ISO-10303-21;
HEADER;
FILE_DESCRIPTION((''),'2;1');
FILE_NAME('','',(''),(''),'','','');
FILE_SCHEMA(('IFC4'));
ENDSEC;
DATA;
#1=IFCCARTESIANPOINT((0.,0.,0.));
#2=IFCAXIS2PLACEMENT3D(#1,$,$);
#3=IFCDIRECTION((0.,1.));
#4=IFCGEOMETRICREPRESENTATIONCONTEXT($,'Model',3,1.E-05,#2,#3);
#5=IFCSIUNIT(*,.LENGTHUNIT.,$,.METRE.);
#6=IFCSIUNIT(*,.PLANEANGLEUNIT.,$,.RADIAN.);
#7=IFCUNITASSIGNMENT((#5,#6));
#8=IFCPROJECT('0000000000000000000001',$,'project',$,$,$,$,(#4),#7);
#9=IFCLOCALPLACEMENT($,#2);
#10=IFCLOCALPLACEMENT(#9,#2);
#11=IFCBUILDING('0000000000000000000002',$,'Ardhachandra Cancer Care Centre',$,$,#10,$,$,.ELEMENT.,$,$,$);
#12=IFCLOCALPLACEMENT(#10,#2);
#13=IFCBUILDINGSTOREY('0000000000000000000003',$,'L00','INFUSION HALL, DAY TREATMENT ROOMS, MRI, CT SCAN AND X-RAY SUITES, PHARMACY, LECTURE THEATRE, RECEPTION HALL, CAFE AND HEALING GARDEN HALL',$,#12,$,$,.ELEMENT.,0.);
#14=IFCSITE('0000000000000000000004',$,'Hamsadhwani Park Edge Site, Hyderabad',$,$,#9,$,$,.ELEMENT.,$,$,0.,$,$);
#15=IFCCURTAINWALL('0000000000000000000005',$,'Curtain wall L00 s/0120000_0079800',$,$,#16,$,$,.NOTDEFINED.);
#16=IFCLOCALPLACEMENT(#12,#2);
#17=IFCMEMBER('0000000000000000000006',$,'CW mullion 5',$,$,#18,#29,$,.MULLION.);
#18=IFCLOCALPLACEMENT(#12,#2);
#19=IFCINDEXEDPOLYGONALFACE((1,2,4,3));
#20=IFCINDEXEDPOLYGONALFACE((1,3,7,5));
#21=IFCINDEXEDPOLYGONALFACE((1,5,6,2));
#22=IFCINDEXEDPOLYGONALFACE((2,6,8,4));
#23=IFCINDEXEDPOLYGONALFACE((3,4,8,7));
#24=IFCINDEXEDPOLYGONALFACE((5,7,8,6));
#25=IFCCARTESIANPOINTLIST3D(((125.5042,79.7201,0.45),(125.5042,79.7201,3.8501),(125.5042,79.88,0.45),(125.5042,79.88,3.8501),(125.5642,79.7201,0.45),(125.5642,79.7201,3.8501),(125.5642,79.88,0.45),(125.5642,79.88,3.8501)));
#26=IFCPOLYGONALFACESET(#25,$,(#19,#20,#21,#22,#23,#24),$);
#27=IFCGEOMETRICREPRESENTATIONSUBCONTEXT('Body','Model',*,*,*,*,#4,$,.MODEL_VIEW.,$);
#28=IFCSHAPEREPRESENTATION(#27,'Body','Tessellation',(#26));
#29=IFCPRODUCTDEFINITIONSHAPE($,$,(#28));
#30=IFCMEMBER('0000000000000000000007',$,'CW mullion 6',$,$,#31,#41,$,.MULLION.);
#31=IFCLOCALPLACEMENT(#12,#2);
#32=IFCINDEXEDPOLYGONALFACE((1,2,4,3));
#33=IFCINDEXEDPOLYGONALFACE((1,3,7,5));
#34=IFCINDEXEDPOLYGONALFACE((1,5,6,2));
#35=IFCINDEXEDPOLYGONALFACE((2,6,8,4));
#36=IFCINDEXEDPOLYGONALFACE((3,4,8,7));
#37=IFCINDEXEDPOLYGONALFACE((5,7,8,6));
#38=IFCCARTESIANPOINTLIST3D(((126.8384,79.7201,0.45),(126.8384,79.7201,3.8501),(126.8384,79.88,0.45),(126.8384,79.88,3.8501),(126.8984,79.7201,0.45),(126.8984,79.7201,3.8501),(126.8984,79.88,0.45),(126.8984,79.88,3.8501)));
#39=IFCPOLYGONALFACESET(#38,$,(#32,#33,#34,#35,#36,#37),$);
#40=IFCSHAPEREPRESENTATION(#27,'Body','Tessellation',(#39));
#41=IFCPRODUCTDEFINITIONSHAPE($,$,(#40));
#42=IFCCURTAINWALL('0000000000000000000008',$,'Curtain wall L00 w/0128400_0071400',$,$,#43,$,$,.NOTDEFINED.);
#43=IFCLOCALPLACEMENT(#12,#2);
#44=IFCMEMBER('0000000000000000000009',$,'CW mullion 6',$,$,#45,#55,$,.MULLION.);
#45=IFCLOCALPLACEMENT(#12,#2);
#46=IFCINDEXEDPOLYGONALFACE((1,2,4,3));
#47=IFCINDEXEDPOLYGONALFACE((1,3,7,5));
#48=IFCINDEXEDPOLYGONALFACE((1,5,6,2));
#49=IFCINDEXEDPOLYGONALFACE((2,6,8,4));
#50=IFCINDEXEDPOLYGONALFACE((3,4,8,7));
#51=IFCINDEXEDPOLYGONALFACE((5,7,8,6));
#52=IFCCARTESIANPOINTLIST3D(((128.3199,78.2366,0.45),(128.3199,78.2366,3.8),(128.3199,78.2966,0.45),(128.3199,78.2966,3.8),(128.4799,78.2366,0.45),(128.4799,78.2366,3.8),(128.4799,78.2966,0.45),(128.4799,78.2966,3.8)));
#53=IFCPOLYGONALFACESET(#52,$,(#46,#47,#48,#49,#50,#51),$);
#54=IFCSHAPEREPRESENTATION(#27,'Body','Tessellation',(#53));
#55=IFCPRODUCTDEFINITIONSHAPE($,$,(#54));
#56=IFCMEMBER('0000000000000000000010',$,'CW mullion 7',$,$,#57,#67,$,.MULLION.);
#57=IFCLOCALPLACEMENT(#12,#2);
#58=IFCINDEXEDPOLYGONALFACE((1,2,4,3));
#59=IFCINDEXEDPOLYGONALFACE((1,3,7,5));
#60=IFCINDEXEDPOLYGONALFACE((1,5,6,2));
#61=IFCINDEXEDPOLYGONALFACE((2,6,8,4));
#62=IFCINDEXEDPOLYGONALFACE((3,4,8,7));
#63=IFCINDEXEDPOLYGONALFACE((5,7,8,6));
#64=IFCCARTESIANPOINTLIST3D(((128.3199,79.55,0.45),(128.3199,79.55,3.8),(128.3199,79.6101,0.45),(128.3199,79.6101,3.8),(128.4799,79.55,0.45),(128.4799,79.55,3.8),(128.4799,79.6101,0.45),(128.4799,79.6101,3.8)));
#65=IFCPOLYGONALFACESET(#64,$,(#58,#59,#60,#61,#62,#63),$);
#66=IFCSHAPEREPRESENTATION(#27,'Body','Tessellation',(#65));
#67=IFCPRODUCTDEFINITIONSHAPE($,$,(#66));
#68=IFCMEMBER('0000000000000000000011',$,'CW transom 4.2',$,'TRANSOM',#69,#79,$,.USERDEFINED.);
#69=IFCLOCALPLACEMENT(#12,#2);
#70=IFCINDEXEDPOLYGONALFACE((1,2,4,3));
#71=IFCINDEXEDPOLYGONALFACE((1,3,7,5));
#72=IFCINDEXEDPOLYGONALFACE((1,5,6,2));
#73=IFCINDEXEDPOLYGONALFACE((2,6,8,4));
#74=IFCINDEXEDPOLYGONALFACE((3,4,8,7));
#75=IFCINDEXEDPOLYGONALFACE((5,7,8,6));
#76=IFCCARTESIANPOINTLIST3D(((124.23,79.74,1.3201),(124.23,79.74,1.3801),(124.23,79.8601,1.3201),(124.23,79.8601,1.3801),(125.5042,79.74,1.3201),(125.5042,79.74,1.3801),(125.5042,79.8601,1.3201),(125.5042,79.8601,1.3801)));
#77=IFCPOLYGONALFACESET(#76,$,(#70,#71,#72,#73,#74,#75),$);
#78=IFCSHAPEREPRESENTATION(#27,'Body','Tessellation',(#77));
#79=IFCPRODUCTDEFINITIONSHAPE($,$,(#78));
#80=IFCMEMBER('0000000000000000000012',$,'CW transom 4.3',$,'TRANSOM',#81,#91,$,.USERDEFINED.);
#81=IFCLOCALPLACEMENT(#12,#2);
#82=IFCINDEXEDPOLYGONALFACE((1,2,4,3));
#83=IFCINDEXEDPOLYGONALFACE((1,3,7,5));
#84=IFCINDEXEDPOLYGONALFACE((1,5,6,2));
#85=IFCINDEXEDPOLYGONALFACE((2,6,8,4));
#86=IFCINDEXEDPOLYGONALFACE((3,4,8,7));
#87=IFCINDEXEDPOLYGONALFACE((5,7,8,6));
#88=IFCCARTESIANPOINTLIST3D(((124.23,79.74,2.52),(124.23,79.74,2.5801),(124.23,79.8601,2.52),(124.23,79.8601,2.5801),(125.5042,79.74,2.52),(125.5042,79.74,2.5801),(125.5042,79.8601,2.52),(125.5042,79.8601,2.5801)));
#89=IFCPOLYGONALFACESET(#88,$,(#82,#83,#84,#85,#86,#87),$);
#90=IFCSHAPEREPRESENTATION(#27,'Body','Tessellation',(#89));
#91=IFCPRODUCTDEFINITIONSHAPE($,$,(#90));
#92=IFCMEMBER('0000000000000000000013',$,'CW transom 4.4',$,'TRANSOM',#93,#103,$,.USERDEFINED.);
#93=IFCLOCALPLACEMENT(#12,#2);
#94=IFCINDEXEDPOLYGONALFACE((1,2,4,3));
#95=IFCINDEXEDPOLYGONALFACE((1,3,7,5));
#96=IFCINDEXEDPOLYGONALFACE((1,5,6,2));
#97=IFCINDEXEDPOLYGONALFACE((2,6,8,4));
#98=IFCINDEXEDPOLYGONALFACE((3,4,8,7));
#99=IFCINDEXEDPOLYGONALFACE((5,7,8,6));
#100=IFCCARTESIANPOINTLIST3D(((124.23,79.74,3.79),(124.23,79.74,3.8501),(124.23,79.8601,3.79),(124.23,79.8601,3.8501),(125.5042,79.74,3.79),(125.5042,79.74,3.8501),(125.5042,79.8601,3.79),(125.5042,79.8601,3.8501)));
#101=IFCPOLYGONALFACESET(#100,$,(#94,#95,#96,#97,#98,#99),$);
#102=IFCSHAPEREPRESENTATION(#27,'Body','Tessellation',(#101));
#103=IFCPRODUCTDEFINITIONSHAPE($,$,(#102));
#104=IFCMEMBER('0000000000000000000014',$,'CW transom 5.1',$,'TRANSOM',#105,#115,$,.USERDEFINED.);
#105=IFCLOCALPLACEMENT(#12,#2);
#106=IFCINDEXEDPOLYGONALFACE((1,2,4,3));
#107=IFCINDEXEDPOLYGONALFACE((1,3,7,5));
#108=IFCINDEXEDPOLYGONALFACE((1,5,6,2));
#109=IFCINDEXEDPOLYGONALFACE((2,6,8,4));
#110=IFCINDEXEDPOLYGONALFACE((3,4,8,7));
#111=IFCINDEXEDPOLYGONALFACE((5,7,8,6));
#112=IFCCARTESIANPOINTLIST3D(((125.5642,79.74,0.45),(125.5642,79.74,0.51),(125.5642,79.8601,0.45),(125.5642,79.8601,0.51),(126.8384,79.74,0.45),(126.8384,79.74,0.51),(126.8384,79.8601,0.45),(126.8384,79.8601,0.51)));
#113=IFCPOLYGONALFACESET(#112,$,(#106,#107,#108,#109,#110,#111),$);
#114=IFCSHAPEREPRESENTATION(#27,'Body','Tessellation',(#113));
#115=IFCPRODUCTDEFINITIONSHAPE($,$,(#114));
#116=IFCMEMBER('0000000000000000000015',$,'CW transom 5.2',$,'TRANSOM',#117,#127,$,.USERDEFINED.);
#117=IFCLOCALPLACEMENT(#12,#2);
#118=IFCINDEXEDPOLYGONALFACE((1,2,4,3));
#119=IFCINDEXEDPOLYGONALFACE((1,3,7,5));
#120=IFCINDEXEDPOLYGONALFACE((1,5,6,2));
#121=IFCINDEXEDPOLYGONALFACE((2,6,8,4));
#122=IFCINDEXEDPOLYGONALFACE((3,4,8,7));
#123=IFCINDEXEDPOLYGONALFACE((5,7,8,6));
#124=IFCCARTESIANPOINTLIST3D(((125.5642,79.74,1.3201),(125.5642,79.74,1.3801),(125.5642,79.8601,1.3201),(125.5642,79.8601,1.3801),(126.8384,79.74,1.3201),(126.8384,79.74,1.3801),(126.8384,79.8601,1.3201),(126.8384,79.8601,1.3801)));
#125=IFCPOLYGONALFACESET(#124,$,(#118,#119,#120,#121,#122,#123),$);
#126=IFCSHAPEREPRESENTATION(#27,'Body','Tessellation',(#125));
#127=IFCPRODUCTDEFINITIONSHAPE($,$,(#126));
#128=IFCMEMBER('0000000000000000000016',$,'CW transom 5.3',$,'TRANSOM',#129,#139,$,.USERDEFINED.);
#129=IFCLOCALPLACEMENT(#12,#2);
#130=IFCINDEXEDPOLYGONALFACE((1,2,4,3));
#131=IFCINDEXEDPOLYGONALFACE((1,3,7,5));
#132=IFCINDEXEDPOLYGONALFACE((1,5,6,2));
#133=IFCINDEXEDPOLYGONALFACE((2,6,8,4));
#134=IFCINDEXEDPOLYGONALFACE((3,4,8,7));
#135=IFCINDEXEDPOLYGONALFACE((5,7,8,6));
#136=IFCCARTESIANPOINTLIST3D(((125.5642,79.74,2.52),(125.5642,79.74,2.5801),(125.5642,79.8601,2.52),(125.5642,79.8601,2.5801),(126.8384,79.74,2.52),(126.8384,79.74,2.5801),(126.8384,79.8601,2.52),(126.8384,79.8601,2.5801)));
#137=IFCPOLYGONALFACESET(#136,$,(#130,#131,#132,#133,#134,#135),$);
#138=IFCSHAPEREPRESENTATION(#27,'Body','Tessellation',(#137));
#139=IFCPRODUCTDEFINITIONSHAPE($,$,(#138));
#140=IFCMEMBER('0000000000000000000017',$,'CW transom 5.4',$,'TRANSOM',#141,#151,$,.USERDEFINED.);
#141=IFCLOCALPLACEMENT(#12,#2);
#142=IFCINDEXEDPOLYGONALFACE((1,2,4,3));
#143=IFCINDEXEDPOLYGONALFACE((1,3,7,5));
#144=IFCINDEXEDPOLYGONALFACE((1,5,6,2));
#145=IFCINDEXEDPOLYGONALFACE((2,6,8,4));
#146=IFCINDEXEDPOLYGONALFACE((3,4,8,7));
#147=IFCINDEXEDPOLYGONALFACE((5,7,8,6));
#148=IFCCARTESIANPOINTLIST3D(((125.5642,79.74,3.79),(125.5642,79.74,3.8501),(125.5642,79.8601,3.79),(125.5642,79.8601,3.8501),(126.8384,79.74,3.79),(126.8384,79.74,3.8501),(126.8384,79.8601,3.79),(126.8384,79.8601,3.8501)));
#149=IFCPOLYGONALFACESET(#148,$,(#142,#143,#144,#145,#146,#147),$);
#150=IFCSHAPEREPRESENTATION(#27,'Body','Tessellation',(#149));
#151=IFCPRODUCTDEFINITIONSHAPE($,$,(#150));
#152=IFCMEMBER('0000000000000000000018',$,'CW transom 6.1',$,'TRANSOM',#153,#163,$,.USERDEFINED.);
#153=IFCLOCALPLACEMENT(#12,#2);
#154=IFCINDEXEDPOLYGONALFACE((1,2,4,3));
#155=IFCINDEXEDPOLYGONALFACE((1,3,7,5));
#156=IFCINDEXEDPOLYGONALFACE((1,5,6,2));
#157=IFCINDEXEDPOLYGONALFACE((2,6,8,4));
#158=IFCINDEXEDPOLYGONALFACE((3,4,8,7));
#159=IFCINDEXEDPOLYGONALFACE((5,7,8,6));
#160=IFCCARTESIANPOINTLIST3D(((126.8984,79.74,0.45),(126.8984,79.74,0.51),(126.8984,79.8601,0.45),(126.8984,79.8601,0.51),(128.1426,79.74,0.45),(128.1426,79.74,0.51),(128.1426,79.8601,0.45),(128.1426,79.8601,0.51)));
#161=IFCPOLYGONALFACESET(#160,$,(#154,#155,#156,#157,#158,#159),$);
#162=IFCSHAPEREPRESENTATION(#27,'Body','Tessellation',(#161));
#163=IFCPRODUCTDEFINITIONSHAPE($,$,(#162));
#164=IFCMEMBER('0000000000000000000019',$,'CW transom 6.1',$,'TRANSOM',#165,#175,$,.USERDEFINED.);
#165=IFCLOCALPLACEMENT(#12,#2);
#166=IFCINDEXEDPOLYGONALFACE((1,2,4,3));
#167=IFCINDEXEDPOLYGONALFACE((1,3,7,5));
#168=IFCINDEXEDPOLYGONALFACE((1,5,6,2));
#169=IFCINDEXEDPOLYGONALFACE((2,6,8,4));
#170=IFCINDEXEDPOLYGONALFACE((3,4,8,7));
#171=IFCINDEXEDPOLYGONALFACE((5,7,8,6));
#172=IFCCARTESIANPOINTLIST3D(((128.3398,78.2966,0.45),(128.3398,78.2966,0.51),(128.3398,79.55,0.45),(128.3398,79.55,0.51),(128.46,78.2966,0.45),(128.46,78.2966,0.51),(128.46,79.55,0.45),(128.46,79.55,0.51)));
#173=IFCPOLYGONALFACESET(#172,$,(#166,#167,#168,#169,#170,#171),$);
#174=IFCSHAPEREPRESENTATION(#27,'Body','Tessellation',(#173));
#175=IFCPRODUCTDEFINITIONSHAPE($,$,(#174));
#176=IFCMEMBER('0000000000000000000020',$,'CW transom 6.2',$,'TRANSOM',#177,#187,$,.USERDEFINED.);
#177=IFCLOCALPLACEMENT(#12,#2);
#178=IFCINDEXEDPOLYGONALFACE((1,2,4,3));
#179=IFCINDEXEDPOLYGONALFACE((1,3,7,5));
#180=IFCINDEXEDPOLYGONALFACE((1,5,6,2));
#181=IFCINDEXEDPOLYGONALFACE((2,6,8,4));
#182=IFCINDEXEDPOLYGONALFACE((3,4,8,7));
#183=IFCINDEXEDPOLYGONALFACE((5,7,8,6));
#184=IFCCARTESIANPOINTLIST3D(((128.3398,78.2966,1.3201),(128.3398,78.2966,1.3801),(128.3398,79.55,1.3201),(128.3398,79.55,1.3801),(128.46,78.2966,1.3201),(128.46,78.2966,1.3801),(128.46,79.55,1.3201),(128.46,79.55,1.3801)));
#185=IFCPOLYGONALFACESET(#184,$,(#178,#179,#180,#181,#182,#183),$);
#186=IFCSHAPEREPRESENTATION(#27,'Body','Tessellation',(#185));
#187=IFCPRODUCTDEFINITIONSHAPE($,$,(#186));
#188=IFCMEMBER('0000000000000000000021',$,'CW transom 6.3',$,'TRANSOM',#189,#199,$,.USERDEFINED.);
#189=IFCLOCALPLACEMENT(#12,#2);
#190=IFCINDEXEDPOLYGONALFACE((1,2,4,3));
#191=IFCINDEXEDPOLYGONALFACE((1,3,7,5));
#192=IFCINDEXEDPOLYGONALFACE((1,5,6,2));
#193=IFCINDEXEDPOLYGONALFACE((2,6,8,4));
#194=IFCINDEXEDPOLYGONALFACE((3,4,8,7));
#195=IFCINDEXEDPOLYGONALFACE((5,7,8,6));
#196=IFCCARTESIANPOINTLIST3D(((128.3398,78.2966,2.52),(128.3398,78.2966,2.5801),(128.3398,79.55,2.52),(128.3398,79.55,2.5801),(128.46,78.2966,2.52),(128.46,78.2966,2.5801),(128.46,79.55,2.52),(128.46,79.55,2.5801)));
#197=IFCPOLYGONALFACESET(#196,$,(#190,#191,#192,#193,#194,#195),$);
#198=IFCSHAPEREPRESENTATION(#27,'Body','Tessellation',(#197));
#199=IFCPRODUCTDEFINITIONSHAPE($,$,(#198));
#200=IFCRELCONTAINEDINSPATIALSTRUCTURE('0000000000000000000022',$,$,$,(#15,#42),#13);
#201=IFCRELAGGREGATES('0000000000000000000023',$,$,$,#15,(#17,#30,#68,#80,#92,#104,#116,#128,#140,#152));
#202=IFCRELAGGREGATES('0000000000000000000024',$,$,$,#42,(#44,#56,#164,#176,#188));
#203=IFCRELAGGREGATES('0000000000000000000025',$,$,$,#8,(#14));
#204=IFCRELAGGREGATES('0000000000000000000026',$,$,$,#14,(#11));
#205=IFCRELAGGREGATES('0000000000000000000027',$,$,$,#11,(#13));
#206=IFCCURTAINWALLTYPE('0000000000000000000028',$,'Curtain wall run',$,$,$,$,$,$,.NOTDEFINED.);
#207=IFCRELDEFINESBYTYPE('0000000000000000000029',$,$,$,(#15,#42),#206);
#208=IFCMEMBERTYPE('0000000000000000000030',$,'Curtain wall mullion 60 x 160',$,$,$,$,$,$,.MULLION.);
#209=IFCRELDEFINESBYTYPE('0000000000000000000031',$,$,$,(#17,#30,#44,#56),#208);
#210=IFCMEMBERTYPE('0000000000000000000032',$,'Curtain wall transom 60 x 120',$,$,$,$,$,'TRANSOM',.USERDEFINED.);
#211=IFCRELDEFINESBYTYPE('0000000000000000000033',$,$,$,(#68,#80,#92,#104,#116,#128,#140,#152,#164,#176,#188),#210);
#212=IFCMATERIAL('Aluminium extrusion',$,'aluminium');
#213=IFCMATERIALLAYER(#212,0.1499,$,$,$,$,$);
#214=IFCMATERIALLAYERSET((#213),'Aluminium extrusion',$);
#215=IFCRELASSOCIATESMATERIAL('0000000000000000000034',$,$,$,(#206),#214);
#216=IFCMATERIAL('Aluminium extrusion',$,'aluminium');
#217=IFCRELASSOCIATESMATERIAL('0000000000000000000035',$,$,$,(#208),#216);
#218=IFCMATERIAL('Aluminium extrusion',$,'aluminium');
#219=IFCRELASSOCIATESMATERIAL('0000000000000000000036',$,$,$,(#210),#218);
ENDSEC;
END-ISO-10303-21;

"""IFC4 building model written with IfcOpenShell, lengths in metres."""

from ifc_helpers import new_model, si_unit, direction, frame, origin, origin_2d, place, context, subcontext, project, spatial, rectangle, extrude, material, layer, layer_set, material_profile, profile_set, type_object, element, aggregate, save


model = new_model("IFC4")

# Units and contexts
model_context = context("Model", 3, precision=1e-05, world=origin(), true_north=direction((0.0, 1.0)))
body_context = subcontext(model_context, "Body", "Model", "MODEL_VIEW")
ifc_project = project(units=[si_unit("LENGTHUNIT", "METRE"), si_unit("PLANEANGLEUNIT", "RADIAN")], contexts=[model_context])

# Site, building, storey
site_placement = place(None, origin())
site = spatial("IfcSite", under=ifc_project, at=site_placement, Name="Hamsadhwani Park Edge Site, Hyderabad", CompositionType="ELEMENT", RefElevation=0.0)
building_placement = place(site_placement, origin())
building = spatial("IfcBuilding", under=site, at=building_placement, Name="Ardhachandra Cancer Care Centre", CompositionType="ELEMENT")
storey_placement = place(building_placement, origin())
storey = spatial("IfcBuildingStorey", under=building, at=storey_placement, Name="L00", Description="INFUSION HALL, DAY TREATMENT ROOMS, MRI, CT SCAN AND X-RAY SUITES, PHARMACY, LECTURE THEATRE, RECEPTION HALL, CAFE AND HEALING GARDEN HALL", CompositionType="ELEMENT", Elevation=0.0)

# Curtain walls, members
ifc_material_1 = material(Name="Aluminium extrusion", Category="aluminium")
ifc_layer_1 = layer(ifc_material_1, 0.1499)
ifc_layer_set_1 = layer_set([ifc_layer_1], Name="Aluminium extrusion")
curtain_wall_type = type_object("IfcCurtainWallType", Name="Curtain wall run", PredefinedType="NOTDEFINED", material=ifc_layer_set_1)
curtain_wall_1_placement = place(storey_placement, origin())
curtain_wall_1 = element("IfcCurtainWall", 1, at=curtain_wall_1_placement, inside=storey, type_object=curtain_wall_type, Name="Curtain wall L00 s/0120000_0079800", PredefinedType="NOTDEFINED")
ifc_material_2 = material(Name="Aluminium extrusion", Category="aluminium")
ifc_material_profile_1 = material_profile(ifc_material_2, rectangle(XDim=0.1599, YDim=0.0601, at=origin_2d()), Name="Curtain wall mullion 60 x 160")
ifc_profile_set_1 = profile_set([ifc_material_profile_1], Name="Aluminium extrusion")
member_type_1 = type_object("IfcMemberType", Name="Curtain wall mullion 60 x 160", PredefinedType="MULLION", material=ifc_profile_set_1)
member_1_placement = place(storey_placement, frame((125.5342, 79.8, 0.45), z_axis=(0.0, 0.0, 1.0), x_axis=(0.0, 1.0, 0.0)))
member_1 = element("IfcMember", 2, at=member_1_placement, type_object=member_type_1, Name="CW mullion 5", PredefinedType="MULLION", context=body_context, shape_type="SweptSolid", body=[
    extrude(rectangle(XDim=0.1599, YDim=0.0601, at=origin_2d()), origin(), (0.0, 0.0, 1.0), 3.4001),
])
member_2_placement = place(storey_placement, frame((126.8684, 79.8, 0.45), z_axis=(0.0, 0.0, 1.0), x_axis=(0.0, 1.0, 0.0)))
member_2 = element("IfcMember", 3, at=member_2_placement, type_object=member_type_1, Name="CW mullion 6", PredefinedType="MULLION", context=body_context, shape_type="SweptSolid", body=[
    extrude(rectangle(XDim=0.1599, YDim=0.0601, at=origin_2d()), origin(), (0.0, 0.0, 1.0), 3.4001),
])
curtain_wall_2_placement = place(storey_placement, origin())
curtain_wall_2 = element("IfcCurtainWall", 4, at=curtain_wall_2_placement, inside=storey, type_object=curtain_wall_type, Name="Curtain wall L00 w/0128400_0071400", PredefinedType="NOTDEFINED")
member_3_placement = place(storey_placement, frame((128.3999, 78.2666, 0.45), z_axis=(0.0, 0.0, 1.0), x_axis=(-1.0, 0.0, 0.0)))
member_3 = element("IfcMember", 5, at=member_3_placement, type_object=member_type_1, Name="CW mullion 6", PredefinedType="MULLION", context=body_context, shape_type="SweptSolid", body=[
    extrude(rectangle(XDim=0.1599, YDim=0.0601, at=origin_2d()), origin(), (0.0, 0.0, 1.0), 3.3501),
])
member_4_placement = place(storey_placement, frame((128.3999, 79.5801, 0.45), z_axis=(0.0, 0.0, 1.0), x_axis=(-1.0, 0.0, 0.0)))
member_4 = element("IfcMember", 6, at=member_4_placement, type_object=member_type_1, Name="CW mullion 7", PredefinedType="MULLION", context=body_context, shape_type="SweptSolid", body=[
    extrude(rectangle(XDim=0.1599, YDim=0.0601, at=origin_2d()), origin(), (0.0, 0.0, 1.0), 3.3501),
])

# Members
ifc_material_3 = material(Name="Aluminium extrusion", Category="aluminium")
ifc_material_profile_2 = material_profile(ifc_material_3, rectangle(XDim=0.1201, YDim=0.0601, at=origin_2d()), Name="Curtain wall transom 60 x 120")
ifc_profile_set_2 = profile_set([ifc_material_profile_2], Name="Aluminium extrusion")
member_type_2 = type_object("IfcMemberType", Name="Curtain wall transom 60 x 120", ElementType="TRANSOM", PredefinedType="USERDEFINED", material=ifc_profile_set_2)
member_5_placement = place(storey_placement, frame((124.23, 79.8, 1.3501), z_axis=(1.0, 0.0, 0.0), x_axis=(0.0, 1.0, 0.0)))
member_5 = element("IfcMember", 7, at=member_5_placement, type_object=member_type_2, Name="CW transom 4.2", ObjectType="TRANSOM", PredefinedType="USERDEFINED", context=body_context, shape_type="SweptSolid", body=[
    extrude(rectangle(XDim=0.1201, YDim=0.0601, at=origin_2d()), origin(), (0.0, 0.0, 1.0), 1.2742),
])
member_6_placement = place(storey_placement, frame((124.23, 79.8, 2.55), z_axis=(1.0, 0.0, 0.0), x_axis=(0.0, 1.0, 0.0)))
member_6 = element("IfcMember", 8, at=member_6_placement, type_object=member_type_2, Name="CW transom 4.3", ObjectType="TRANSOM", PredefinedType="USERDEFINED", context=body_context, shape_type="SweptSolid", body=[
    extrude(rectangle(XDim=0.1201, YDim=0.0601, at=origin_2d()), origin(), (0.0, 0.0, 1.0), 1.2742),
])
member_7_placement = place(storey_placement, frame((124.23, 79.8, 3.8201), z_axis=(1.0, 0.0, 0.0), x_axis=(0.0, 1.0, 0.0)))
member_7 = element("IfcMember", 9, at=member_7_placement, type_object=member_type_2, Name="CW transom 4.4", ObjectType="TRANSOM", PredefinedType="USERDEFINED", context=body_context, shape_type="SweptSolid", body=[
    extrude(rectangle(XDim=0.1201, YDim=0.0601, at=origin_2d()), origin(), (0.0, 0.0, 1.0), 1.2742),
])
member_8_placement = place(storey_placement, frame((125.5642, 79.8, 0.48), z_axis=(1.0, 0.0, 0.0), x_axis=(0.0, 1.0, 0.0)))
member_8 = element("IfcMember", 10, at=member_8_placement, type_object=member_type_2, Name="CW transom 5.1", ObjectType="TRANSOM", PredefinedType="USERDEFINED", context=body_context, shape_type="SweptSolid", body=[
    extrude(rectangle(XDim=0.1201, YDim=0.0601, at=origin_2d()), origin(), (0.0, 0.0, 1.0), 1.2742),
])
member_9_placement = place(storey_placement, frame((125.5642, 79.8, 1.3501), z_axis=(1.0, 0.0, 0.0), x_axis=(0.0, 1.0, 0.0)))
member_9 = element("IfcMember", 11, at=member_9_placement, type_object=member_type_2, Name="CW transom 5.2", ObjectType="TRANSOM", PredefinedType="USERDEFINED", context=body_context, shape_type="SweptSolid", body=[
    extrude(rectangle(XDim=0.1201, YDim=0.0601, at=origin_2d()), origin(), (0.0, 0.0, 1.0), 1.2742),
])
member_10_placement = place(storey_placement, frame((125.5642, 79.8, 2.55), z_axis=(1.0, 0.0, 0.0), x_axis=(0.0, 1.0, 0.0)))
member_10 = element("IfcMember", 12, at=member_10_placement, type_object=member_type_2, Name="CW transom 5.3", ObjectType="TRANSOM", PredefinedType="USERDEFINED", context=body_context, shape_type="SweptSolid", body=[
    extrude(rectangle(XDim=0.1201, YDim=0.0601, at=origin_2d()), origin(), (0.0, 0.0, 1.0), 1.2742),
])
member_11_placement = place(storey_placement, frame((125.5642, 79.8, 3.8201), z_axis=(1.0, 0.0, 0.0), x_axis=(0.0, 1.0, 0.0)))
member_11 = element("IfcMember", 13, at=member_11_placement, type_object=member_type_2, Name="CW transom 5.4", ObjectType="TRANSOM", PredefinedType="USERDEFINED", context=body_context, shape_type="SweptSolid", body=[
    extrude(rectangle(XDim=0.1201, YDim=0.0601, at=origin_2d()), origin(), (0.0, 0.0, 1.0), 1.2742),
])
member_12_placement = place(storey_placement, frame((126.8984, 79.8, 0.48), z_axis=(1.0, 0.0, 0.0), x_axis=(0.0, 1.0, 0.0)))
member_12 = element("IfcMember", 14, at=member_12_placement, type_object=member_type_2, Name="CW transom 6.1", ObjectType="TRANSOM", PredefinedType="USERDEFINED", context=body_context, shape_type="SweptSolid", body=[
    extrude(rectangle(XDim=0.1201, YDim=0.0601, at=origin_2d()), origin(), (0.0, 0.0, 1.0), 1.2441),
])
member_13_placement = place(storey_placement, frame((128.3999, 78.2966, 0.48), z_axis=(0.0, 1.0, 0.0), x_axis=(-1.0, 0.0, 0.0)))
member_13 = element("IfcMember", 15, at=member_13_placement, type_object=member_type_2, Name="CW transom 6.1", ObjectType="TRANSOM", PredefinedType="USERDEFINED", context=body_context, shape_type="SweptSolid", body=[
    extrude(rectangle(XDim=0.1201, YDim=0.0601, at=origin_2d()), origin(), (0.0, 0.0, 1.0), 1.2534),
])
member_14_placement = place(storey_placement, frame((128.3999, 78.2966, 1.3501), z_axis=(0.0, 1.0, 0.0), x_axis=(-1.0, 0.0, 0.0)))
member_14 = element("IfcMember", 16, at=member_14_placement, type_object=member_type_2, Name="CW transom 6.2", ObjectType="TRANSOM", PredefinedType="USERDEFINED", context=body_context, shape_type="SweptSolid", body=[
    extrude(rectangle(XDim=0.1201, YDim=0.0601, at=origin_2d()), origin(), (0.0, 0.0, 1.0), 1.2534),
])
member_15_placement = place(storey_placement, frame((128.3999, 78.2966, 2.55), z_axis=(0.0, 1.0, 0.0), x_axis=(-1.0, 0.0, 0.0)))
member_15 = element("IfcMember", 17, at=member_15_placement, type_object=member_type_2, Name="CW transom 6.3", ObjectType="TRANSOM", PredefinedType="USERDEFINED", context=body_context, shape_type="SweptSolid", body=[
    extrude(rectangle(XDim=0.1201, YDim=0.0601, at=origin_2d()), origin(), (0.0, 0.0, 1.0), 1.2534),
])

aggregate(curtain_wall_1, [member_1, member_2, member_5, member_6, member_7, member_8, member_9, member_10, member_11, member_12])
aggregate(curtain_wall_2, [member_3, member_4, member_13, member_14, member_15])

save(model, "model.ifc")
